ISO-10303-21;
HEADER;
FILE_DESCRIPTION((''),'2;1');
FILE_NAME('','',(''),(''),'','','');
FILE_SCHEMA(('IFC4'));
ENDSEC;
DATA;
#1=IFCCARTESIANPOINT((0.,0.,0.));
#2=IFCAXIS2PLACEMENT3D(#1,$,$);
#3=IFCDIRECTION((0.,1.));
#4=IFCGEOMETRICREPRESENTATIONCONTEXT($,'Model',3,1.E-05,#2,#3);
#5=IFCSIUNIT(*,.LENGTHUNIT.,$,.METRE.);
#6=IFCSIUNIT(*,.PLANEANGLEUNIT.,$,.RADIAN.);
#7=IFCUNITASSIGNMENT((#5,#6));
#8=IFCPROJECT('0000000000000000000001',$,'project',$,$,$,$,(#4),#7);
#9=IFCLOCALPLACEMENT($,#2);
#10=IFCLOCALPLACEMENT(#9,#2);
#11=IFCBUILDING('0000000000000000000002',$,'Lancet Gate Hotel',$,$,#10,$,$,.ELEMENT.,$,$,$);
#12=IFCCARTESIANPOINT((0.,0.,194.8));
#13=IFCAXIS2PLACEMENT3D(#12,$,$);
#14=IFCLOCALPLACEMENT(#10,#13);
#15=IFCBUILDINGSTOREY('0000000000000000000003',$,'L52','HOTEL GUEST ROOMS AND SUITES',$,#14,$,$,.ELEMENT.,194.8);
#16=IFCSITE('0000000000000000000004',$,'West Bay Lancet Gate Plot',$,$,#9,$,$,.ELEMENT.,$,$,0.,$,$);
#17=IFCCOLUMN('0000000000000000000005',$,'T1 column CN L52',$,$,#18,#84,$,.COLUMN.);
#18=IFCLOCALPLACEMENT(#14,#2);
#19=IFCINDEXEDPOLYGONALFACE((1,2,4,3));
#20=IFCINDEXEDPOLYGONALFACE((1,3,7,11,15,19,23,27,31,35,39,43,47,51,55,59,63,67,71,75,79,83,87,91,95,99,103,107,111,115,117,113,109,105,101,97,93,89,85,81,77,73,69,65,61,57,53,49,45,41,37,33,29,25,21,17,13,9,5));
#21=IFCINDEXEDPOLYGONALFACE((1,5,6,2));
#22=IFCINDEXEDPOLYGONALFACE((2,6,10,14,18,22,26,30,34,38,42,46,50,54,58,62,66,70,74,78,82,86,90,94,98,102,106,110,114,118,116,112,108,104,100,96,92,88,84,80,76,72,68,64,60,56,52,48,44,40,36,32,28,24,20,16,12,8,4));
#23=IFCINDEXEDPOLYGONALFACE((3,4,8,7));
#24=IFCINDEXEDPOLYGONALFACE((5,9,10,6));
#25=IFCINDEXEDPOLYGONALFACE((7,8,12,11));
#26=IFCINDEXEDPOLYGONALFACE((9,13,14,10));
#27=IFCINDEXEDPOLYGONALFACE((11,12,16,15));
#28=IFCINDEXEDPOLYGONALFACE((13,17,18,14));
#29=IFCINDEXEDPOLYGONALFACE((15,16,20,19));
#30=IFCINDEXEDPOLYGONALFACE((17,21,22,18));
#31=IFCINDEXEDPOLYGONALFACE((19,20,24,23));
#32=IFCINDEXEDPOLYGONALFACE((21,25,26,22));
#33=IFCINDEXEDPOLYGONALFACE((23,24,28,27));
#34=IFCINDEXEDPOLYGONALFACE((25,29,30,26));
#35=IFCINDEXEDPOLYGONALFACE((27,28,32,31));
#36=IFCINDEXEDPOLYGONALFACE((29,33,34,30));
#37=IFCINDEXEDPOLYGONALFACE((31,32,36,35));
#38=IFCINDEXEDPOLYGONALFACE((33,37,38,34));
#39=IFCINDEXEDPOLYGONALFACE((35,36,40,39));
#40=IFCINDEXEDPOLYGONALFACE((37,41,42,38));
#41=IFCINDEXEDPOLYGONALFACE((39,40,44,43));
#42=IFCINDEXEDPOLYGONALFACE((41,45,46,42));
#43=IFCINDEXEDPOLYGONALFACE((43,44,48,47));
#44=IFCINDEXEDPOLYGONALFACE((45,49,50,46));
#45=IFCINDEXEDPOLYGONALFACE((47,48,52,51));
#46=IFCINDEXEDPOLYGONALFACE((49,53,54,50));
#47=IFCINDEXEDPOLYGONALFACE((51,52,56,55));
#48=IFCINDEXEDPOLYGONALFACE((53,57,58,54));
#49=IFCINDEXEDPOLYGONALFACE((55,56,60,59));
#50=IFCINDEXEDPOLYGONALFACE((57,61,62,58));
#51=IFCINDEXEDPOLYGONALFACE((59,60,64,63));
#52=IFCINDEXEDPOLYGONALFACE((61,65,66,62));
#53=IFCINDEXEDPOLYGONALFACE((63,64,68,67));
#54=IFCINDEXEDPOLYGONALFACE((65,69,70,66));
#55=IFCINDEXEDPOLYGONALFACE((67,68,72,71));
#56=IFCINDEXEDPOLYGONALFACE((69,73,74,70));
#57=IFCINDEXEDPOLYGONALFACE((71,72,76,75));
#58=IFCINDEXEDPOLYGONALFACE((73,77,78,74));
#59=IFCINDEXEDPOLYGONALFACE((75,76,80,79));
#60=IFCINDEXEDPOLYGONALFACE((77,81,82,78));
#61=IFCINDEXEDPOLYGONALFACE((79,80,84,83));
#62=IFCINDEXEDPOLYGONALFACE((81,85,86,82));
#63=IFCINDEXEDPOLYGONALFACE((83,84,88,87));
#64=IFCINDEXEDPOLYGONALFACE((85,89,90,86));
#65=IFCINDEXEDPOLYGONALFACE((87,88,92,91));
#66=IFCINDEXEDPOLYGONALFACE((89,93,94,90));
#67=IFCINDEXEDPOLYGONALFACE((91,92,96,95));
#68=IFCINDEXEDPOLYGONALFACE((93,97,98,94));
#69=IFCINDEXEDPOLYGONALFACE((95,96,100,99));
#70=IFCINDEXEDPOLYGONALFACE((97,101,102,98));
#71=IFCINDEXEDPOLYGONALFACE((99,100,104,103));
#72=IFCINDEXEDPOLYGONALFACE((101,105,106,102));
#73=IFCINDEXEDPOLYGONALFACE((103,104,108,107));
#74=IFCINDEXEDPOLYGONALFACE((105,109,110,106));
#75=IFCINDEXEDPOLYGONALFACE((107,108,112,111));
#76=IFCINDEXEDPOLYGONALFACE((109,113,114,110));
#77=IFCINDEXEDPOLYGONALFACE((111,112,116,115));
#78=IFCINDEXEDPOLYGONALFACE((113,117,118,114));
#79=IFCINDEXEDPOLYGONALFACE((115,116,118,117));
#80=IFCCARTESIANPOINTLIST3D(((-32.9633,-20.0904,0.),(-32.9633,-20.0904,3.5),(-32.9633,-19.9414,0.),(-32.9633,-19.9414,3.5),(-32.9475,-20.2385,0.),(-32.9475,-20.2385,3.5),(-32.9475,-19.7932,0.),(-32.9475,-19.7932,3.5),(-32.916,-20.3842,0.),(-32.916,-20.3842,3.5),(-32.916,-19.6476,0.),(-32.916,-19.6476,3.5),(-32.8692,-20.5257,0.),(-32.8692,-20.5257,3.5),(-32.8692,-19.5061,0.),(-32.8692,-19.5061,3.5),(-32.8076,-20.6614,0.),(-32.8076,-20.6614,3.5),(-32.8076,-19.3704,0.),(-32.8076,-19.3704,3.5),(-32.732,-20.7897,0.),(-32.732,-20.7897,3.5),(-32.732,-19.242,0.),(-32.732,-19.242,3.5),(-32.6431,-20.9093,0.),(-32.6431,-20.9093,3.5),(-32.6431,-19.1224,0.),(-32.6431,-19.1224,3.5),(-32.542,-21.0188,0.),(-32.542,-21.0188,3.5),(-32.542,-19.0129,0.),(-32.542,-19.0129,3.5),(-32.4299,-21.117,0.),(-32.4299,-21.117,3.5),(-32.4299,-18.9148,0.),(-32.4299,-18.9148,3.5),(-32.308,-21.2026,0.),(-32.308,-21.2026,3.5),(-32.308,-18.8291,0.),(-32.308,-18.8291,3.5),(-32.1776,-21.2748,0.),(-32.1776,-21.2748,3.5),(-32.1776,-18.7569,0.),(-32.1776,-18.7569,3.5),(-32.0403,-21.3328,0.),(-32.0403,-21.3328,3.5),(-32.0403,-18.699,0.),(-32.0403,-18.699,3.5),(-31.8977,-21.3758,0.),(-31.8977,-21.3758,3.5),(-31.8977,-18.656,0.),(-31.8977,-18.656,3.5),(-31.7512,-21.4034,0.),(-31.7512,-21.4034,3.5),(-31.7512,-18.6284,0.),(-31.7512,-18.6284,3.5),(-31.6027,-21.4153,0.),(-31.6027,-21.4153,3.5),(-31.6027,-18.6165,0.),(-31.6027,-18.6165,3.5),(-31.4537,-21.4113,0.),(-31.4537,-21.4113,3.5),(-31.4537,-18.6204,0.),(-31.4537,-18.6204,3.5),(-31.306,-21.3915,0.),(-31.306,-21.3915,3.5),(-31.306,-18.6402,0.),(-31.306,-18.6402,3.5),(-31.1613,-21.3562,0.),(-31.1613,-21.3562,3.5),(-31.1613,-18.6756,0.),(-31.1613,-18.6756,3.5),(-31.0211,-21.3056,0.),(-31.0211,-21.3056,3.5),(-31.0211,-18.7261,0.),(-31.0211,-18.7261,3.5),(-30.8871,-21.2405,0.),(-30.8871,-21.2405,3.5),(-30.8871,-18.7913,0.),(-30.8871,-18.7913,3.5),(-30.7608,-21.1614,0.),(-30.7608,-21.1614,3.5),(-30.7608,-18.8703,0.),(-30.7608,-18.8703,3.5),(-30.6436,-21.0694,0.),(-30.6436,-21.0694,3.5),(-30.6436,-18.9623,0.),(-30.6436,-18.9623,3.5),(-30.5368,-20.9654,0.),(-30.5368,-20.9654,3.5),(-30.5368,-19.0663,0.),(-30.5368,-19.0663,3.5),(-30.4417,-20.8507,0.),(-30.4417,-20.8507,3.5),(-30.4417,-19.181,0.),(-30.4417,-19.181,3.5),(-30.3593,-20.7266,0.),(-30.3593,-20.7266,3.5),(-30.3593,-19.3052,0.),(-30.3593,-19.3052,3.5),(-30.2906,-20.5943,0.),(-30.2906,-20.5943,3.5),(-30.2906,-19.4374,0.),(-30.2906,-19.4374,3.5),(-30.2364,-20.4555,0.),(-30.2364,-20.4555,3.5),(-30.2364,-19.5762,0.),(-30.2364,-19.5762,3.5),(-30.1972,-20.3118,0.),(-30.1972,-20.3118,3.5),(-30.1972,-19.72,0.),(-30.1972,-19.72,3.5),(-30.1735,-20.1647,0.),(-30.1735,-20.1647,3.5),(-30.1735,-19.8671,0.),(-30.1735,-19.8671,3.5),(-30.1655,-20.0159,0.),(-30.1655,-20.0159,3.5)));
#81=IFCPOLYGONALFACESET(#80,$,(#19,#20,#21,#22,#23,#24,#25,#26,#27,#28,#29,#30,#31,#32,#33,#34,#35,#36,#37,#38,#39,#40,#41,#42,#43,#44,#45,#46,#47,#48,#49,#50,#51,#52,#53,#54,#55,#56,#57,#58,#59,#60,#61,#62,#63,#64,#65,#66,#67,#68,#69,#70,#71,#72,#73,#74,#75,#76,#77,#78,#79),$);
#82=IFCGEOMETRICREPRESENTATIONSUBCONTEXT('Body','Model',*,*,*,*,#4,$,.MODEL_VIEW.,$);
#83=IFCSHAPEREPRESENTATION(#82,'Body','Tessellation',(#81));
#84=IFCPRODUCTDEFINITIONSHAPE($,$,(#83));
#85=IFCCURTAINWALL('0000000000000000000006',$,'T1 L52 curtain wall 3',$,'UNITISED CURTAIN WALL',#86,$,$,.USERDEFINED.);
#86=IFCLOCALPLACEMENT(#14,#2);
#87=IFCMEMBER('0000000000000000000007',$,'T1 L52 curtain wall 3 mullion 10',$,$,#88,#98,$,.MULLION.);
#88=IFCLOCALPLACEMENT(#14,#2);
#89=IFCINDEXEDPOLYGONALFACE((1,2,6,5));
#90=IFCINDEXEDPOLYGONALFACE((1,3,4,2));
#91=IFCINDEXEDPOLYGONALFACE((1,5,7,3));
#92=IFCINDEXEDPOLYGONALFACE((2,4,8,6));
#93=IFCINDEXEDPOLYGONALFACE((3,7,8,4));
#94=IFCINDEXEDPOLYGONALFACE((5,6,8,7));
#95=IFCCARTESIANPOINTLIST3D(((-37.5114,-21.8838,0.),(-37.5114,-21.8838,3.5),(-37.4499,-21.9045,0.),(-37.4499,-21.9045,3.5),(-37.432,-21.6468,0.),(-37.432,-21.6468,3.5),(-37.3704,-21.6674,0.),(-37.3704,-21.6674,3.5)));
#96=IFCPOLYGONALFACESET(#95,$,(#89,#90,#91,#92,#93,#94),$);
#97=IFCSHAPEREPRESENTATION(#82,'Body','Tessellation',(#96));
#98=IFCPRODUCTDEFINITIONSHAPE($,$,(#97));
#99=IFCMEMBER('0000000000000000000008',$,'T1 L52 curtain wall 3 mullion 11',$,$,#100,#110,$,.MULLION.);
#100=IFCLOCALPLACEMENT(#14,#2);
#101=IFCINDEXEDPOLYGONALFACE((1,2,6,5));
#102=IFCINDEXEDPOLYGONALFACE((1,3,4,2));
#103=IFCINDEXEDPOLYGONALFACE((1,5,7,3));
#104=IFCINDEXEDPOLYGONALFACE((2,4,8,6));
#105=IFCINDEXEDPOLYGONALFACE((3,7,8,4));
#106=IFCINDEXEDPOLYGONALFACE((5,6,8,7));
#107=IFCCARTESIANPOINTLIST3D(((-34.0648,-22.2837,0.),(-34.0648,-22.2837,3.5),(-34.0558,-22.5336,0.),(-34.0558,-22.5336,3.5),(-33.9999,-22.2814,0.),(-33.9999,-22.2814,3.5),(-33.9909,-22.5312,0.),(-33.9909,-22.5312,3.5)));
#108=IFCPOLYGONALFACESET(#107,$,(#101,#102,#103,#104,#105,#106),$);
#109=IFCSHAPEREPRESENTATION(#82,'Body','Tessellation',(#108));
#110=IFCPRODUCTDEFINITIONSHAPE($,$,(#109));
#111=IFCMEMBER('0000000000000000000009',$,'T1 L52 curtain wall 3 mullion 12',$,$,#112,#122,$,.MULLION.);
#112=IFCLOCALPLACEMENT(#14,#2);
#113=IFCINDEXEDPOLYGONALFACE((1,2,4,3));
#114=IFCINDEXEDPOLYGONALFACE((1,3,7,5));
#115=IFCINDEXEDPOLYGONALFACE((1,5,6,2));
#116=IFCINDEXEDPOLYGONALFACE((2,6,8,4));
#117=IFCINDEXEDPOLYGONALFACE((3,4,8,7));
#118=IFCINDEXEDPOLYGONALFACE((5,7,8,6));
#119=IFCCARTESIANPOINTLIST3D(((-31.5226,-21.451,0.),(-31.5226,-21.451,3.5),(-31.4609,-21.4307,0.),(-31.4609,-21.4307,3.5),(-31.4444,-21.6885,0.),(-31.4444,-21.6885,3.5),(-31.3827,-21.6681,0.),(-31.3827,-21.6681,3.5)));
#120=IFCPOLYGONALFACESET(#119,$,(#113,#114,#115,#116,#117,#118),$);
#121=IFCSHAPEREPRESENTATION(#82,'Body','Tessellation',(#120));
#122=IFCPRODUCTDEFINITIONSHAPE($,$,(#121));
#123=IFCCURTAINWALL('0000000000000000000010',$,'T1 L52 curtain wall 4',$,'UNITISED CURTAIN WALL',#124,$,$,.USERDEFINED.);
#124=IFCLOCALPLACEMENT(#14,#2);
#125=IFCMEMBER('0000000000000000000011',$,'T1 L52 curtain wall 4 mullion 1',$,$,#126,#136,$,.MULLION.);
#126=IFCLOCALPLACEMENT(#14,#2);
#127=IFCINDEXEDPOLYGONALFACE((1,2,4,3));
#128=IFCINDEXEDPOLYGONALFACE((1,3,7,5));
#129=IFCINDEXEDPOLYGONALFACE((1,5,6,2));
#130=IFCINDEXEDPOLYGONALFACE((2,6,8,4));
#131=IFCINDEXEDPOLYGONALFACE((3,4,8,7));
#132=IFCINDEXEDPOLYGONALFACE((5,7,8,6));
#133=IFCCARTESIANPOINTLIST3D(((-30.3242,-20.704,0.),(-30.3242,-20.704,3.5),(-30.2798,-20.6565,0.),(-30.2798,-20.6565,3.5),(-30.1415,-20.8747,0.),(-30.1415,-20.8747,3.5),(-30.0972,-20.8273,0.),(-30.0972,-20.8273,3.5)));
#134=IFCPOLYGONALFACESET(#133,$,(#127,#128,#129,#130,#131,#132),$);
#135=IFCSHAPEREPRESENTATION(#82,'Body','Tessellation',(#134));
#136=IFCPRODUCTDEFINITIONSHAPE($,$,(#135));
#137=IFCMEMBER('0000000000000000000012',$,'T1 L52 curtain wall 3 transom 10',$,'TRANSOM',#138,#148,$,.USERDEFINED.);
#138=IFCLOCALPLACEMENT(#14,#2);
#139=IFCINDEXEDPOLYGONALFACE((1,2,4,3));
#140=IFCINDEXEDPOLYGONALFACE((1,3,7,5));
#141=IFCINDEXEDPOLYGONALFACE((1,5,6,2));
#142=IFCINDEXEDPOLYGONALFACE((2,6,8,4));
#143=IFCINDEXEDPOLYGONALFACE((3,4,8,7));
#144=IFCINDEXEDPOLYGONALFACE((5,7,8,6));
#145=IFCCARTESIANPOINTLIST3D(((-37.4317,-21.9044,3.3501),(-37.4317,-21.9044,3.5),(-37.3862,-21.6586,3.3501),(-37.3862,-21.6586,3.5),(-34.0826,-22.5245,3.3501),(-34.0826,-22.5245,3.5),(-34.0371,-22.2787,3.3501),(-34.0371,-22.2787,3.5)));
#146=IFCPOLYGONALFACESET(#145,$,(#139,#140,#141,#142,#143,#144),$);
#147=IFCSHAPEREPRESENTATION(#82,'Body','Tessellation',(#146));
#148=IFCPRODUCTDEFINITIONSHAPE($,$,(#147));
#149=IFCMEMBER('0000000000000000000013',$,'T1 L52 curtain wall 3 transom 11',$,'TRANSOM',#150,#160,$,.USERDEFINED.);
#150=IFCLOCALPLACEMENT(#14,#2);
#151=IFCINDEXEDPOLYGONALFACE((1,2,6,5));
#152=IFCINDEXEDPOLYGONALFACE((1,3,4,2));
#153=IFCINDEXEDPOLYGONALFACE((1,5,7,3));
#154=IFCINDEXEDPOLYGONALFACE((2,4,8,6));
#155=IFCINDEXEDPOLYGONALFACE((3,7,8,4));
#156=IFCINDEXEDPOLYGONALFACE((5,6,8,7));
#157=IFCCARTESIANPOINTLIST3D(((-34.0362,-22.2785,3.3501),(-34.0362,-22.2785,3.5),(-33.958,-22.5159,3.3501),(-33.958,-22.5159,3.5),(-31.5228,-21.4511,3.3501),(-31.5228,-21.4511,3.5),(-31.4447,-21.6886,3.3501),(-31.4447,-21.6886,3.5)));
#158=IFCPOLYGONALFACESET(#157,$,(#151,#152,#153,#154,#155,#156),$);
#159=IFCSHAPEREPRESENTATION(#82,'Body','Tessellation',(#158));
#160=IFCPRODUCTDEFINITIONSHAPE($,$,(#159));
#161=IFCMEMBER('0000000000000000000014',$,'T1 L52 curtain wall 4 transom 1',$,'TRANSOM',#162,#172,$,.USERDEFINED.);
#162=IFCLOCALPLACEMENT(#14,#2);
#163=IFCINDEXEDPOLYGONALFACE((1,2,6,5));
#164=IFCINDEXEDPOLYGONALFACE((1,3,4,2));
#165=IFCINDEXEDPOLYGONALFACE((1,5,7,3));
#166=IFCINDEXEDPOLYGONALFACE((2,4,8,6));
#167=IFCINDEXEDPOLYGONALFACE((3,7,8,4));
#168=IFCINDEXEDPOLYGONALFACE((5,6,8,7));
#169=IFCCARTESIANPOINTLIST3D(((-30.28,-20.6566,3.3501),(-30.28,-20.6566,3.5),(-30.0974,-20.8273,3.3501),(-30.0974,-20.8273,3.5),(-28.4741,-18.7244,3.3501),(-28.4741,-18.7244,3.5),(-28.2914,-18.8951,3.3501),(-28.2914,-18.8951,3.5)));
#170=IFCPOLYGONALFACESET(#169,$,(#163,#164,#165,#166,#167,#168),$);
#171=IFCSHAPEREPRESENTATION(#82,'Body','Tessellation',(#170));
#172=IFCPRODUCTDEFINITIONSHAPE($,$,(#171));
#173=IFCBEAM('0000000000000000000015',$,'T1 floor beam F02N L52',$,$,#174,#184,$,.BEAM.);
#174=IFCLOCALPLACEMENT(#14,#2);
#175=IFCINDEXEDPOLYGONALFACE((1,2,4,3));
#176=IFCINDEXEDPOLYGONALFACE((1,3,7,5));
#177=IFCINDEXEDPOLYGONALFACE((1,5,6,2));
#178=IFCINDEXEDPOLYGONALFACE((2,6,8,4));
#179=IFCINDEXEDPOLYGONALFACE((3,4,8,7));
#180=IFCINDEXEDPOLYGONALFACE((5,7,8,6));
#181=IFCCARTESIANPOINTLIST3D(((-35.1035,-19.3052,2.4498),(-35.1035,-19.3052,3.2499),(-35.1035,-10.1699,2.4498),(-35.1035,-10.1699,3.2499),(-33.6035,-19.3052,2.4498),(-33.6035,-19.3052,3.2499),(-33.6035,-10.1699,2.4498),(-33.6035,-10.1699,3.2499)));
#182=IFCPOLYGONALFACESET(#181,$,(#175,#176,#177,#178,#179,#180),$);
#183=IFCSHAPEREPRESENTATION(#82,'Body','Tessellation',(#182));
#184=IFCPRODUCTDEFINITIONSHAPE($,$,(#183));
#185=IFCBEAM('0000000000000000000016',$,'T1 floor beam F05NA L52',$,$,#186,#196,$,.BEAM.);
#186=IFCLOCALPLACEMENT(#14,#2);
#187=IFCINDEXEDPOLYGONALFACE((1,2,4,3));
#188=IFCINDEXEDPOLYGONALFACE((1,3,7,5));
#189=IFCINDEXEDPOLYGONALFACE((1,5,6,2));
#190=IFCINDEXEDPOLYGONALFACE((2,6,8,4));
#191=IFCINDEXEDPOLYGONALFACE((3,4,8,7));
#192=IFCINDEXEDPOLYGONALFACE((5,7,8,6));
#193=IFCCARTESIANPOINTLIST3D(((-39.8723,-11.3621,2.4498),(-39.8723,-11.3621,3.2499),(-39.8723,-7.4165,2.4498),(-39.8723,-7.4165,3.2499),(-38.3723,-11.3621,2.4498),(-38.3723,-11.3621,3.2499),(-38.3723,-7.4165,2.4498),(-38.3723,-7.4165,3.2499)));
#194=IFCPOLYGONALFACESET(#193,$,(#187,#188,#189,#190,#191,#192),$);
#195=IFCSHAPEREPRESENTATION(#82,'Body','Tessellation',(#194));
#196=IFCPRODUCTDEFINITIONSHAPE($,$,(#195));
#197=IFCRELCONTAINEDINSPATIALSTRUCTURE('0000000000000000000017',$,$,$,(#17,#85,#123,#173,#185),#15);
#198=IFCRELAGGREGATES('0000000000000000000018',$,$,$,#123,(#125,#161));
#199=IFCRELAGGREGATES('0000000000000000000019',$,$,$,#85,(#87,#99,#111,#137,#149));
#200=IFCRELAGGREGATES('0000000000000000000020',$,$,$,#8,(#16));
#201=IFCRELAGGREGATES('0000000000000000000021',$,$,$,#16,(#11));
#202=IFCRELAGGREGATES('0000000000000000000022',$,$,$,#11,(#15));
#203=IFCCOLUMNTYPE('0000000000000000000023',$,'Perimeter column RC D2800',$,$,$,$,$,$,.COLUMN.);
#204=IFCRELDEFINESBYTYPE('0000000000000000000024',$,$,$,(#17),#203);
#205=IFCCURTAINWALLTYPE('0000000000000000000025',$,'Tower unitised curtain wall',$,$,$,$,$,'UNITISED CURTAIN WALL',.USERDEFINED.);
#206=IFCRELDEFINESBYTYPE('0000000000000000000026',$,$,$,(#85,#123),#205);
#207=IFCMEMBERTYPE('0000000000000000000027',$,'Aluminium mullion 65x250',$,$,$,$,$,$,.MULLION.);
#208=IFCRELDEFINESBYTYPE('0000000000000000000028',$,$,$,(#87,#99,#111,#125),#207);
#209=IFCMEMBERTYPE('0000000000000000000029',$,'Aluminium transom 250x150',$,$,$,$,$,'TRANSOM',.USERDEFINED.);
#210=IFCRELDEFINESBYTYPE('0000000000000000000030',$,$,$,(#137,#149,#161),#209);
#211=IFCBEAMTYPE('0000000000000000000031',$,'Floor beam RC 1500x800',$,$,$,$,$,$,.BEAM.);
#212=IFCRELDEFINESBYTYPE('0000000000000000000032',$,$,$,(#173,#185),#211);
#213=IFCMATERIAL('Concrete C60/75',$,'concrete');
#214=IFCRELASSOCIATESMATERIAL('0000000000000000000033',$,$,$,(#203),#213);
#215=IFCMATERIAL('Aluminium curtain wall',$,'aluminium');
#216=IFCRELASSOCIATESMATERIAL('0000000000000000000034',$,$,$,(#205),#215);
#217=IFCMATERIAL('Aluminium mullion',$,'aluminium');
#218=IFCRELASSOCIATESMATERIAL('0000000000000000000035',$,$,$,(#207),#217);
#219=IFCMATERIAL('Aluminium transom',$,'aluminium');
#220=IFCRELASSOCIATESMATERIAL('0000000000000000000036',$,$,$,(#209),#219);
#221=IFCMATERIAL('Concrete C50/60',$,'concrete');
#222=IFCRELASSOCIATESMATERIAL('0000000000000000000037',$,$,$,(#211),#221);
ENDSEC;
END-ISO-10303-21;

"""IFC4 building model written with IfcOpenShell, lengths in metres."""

from ifc_helpers import new_model, si_unit, direction, frame, origin, origin_2d, place, context, subcontext, project, spatial, rectangle, circle, extrude, material, material_profile, profile_set, type_object, element, aggregate, save


model = new_model("IFC4")

# Units and contexts
model_context = context("Model", 3, precision=1e-05, world=origin(), true_north=direction((0.0, 1.0)))
body_context = subcontext(model_context, "Body", "Model", "MODEL_VIEW")
ifc_project = project(units=[si_unit("LENGTHUNIT", "METRE"), si_unit("PLANEANGLEUNIT", "RADIAN")], contexts=[model_context])

# Site, building, storey
site_placement = place(None, origin())
site = spatial("IfcSite", under=ifc_project, at=site_placement, Name="West Bay Lancet Gate Plot", CompositionType="ELEMENT", RefElevation=0.0)
building_placement = place(site_placement, origin())
building = spatial("IfcBuilding", under=site, at=building_placement, Name="Lancet Gate Hotel", CompositionType="ELEMENT")
storey_placement = place(building_placement, frame((0.0, 0.0, 194.8)))
storey = spatial("IfcBuildingStorey", under=building, at=storey_placement, Name="L52", Description="HOTEL GUEST ROOMS AND SUITES", CompositionType="ELEMENT", Elevation=194.8)

# Column
ifc_material_1 = material(Name="Concrete C60/75", Category="concrete")
ifc_material_profile_1 = material_profile(ifc_material_1, circle(Radius=1.3999, at=origin_2d()), Name="RC D2800")
ifc_profile_set_1 = profile_set([ifc_material_profile_1], Name="Concrete C60/75")
column_type = type_object("IfcColumnType", Name="Perimeter column RC D2800", PredefinedType="COLUMN", material=ifc_profile_set_1)
column_placement = place(storey_placement, frame((-31.5654, -20.0159, 0.0), z_axis=(0.0, 0.0, 1.0), x_axis=(1.0, 0.0, 0.0)))
element("IfcColumn", 1, at=column_placement, inside=storey, type_object=column_type, Name="T1 column CN L52", PredefinedType="COLUMN", context=body_context, shape_type="SweptSolid", body=[
    extrude(circle(Radius=1.3999, at=origin_2d()), origin(), (0.0, 0.0, 1.0), 3.5),
])

# Curtain wall, members
ifc_material_2 = material(Name="Aluminium curtain wall", Category="aluminium")
curtain_wall_type = type_object("IfcCurtainWallType", Name="Tower unitised curtain wall", ElementType="UNITISED CURTAIN WALL", PredefinedType="USERDEFINED", material=ifc_material_2)
curtain_wall_1_placement = place(storey_placement, origin())
curtain_wall_1 = element("IfcCurtainWall", 2, at=curtain_wall_1_placement, inside=storey, type_object=curtain_wall_type, Name="T1 L52 curtain wall 3", ObjectType="UNITISED CURTAIN WALL", PredefinedType="USERDEFINED")
ifc_material_3 = material(Name="Aluminium mullion", Category="aluminium")
ifc_material_profile_2 = material_profile(ifc_material_3, rectangle(XDim=0.0649, YDim=0.25, at=origin_2d()), Name="MULLION 65x250")
ifc_profile_set_2 = profile_set([ifc_material_profile_2], Name="Aluminium mullion")
member_type_1 = type_object("IfcMemberType", Name="Aluminium mullion 65x250", PredefinedType="MULLION", material=ifc_profile_set_2)
member_1_placement = place(storey_placement, frame((-37.4409, -21.7756, 0.0), z_axis=(0.0, 0.0, 1.0), x_axis=(0.948119, -0.317915, 0.0)))
member_1 = element("IfcMember", 3, at=member_1_placement, type_object=member_type_1, Name="T1 L52 curtain wall 3 mullion 10", PredefinedType="MULLION", context=body_context, shape_type="SweptSolid", body=[
    extrude(rectangle(XDim=0.0649, YDim=0.25, at=origin_2d()), origin(), (0.0, 0.0, 1.0), 3.5),
])
member_2_placement = place(storey_placement, frame((-34.0278, -22.4075, 0.0), z_axis=(0.0, 0.0, 1.0), x_axis=(0.99935, 0.036037, 0.0)))
member_2 = element("IfcMember", 4, at=member_2_placement, type_object=member_type_1, Name="T1 L52 curtain wall 3 mullion 11", PredefinedType="MULLION", context=body_context, shape_type="SweptSolid", body=[
    extrude(rectangle(XDim=0.0649, YDim=0.25, at=origin_2d()), origin(), (0.0, 0.0, 1.0), 3.5),
])
member_3_placement = place(storey_placement, frame((-31.4526, -21.5596, 0.0), z_axis=(0.0, 0.0, 1.0), x_axis=(0.949848, 0.312712, 0.0)))
member_3 = element("IfcMember", 5, at=member_3_placement, type_object=member_type_1, Name="T1 L52 curtain wall 3 mullion 12", PredefinedType="MULLION", context=body_context, shape_type="SweptSolid", body=[
    extrude(rectangle(XDim=0.0649, YDim=0.25, at=origin_2d()), origin(), (0.0, 0.0, 1.0), 3.5),
])

# Curtain wall, member
curtain_wall_2_placement = place(storey_placement, origin())
curtain_wall_2 = element("IfcCurtainWall", 6, at=curtain_wall_2_placement, inside=storey, type_object=curtain_wall_type, Name="T1 L52 curtain wall 4", ObjectType="UNITISED CURTAIN WALL", PredefinedType="USERDEFINED")
member_4_placement = place(storey_placement, frame((-30.2107, -20.7656, 0.0), z_axis=(0.0, 0.0, 1.0), x_axis=(0.682845, 0.730563, 0.0)))
member_4 = element("IfcMember", 7, at=member_4_placement, type_object=member_type_1, Name="T1 L52 curtain wall 4 mullion 1", PredefinedType="MULLION", context=body_context, shape_type="SweptSolid", body=[
    extrude(rectangle(XDim=0.0649, YDim=0.25, at=origin_2d()), origin(), (0.0, 0.0, 1.0), 3.5),
])

# Members
ifc_material_4 = material(Name="Aluminium transom", Category="aluminium")
ifc_material_profile_3 = material_profile(ifc_material_4, rectangle(XDim=0.25, YDim=0.1499, at=origin_2d()), Name="TRANSOM 250x150")
ifc_profile_set_3 = profile_set([ifc_material_profile_3], Name="Aluminium transom")
member_type_2 = type_object("IfcMemberType", Name="Aluminium transom 250x150", ElementType="TRANSOM", PredefinedType="USERDEFINED", material=ifc_profile_set_3)
member_5_placement = place(storey_placement, frame((-37.4089, -21.7815, 3.425), z_axis=(0.983287, -0.182064, 0.0), x_axis=(0.182064, 0.983287, 0.0)))
member_5 = element("IfcMember", 8, at=member_5_placement, type_object=member_type_2, Name="T1 L52 curtain wall 3 transom 10", ObjectType="TRANSOM", PredefinedType="USERDEFINED", context=body_context, shape_type="SweptSolid", body=[
    extrude(rectangle(XDim=0.25, YDim=0.1499, at=origin_2d()), origin(), (0.0, 0.0, 1.0), 3.406),
])
member_6_placement = place(storey_placement, frame((-33.9971, -22.3972, 3.425), z_axis=(0.949858, 0.312683, 0.0), x_axis=(-0.312683, 0.949858, 0.0)))
member_6 = element("IfcMember", 9, at=member_6_placement, type_object=member_type_2, Name="T1 L52 curtain wall 3 transom 11", ObjectType="TRANSOM", PredefinedType="USERDEFINED", context=body_context, shape_type="SweptSolid", body=[
    extrude(rectangle(XDim=0.25, YDim=0.1499, at=origin_2d()), origin(), (0.0, 0.0, 1.0), 2.646),
])
member_7_placement = place(storey_placement, frame((-30.1887, -20.7419, 3.425), z_axis=(0.682841, 0.730567, 0.0), x_axis=(-0.730567, 0.682841, 0.0)))
member_7 = element("IfcMember", 10, at=member_7_placement, type_object=member_type_2, Name="T1 L52 curtain wall 4 transom 1", ObjectType="TRANSOM", PredefinedType="USERDEFINED", context=body_context, shape_type="SweptSolid", body=[
    extrude(rectangle(XDim=0.25, YDim=0.1499, at=origin_2d()), origin(), (0.0, 0.0, 1.0), 2.6448),
])
aggregate(curtain_wall_2, [member_4, member_7])

# Beams
ifc_material_5 = material(Name="Concrete C50/60", Category="concrete")
ifc_material_profile_4 = material_profile(ifc_material_5, rectangle(XDim=1.5, YDim=0.8, at=origin_2d()), Name="RC 1500x800")
ifc_profile_set_4 = profile_set([ifc_material_profile_4], Name="Concrete C50/60")
beam_type_1 = type_object("IfcBeamType", Name="Floor beam RC 1500x800", PredefinedType="BEAM", material=ifc_profile_set_4)
beam_1_placement = place(storey_placement, frame((-34.3535, -10.1699, 2.8499), z_axis=(0.0, -1.0, 0.0), x_axis=(1.0, 0.0, 0.0)))
element("IfcBeam", 11, at=beam_1_placement, inside=storey, type_object=beam_type_1, Name="T1 floor beam F02N L52", PredefinedType="BEAM", context=body_context, shape_type="SweptSolid", body=[
    extrude(rectangle(XDim=1.5, YDim=0.8, at=origin_2d()), origin(), (0.0, 0.0, 1.0), 9.1353),
])
beam_2_placement = place(storey_placement, frame((-39.1223, -7.4165, 2.8499), z_axis=(0.0, -1.0, 0.0), x_axis=(1.0, 0.0, 0.0)))
element("IfcBeam", 12, at=beam_2_placement, inside=storey, type_object=beam_type_1, Name="T1 floor beam F05NA L52", PredefinedType="BEAM", context=body_context, shape_type="SweptSolid", body=[
    extrude(rectangle(XDim=1.5, YDim=0.8, at=origin_2d()), origin(), (0.0, 0.0, 1.0), 3.9456),
])

aggregate(curtain_wall_1, [member_1, member_2, member_3, member_5, member_6])

save(model, "model.ifc")
